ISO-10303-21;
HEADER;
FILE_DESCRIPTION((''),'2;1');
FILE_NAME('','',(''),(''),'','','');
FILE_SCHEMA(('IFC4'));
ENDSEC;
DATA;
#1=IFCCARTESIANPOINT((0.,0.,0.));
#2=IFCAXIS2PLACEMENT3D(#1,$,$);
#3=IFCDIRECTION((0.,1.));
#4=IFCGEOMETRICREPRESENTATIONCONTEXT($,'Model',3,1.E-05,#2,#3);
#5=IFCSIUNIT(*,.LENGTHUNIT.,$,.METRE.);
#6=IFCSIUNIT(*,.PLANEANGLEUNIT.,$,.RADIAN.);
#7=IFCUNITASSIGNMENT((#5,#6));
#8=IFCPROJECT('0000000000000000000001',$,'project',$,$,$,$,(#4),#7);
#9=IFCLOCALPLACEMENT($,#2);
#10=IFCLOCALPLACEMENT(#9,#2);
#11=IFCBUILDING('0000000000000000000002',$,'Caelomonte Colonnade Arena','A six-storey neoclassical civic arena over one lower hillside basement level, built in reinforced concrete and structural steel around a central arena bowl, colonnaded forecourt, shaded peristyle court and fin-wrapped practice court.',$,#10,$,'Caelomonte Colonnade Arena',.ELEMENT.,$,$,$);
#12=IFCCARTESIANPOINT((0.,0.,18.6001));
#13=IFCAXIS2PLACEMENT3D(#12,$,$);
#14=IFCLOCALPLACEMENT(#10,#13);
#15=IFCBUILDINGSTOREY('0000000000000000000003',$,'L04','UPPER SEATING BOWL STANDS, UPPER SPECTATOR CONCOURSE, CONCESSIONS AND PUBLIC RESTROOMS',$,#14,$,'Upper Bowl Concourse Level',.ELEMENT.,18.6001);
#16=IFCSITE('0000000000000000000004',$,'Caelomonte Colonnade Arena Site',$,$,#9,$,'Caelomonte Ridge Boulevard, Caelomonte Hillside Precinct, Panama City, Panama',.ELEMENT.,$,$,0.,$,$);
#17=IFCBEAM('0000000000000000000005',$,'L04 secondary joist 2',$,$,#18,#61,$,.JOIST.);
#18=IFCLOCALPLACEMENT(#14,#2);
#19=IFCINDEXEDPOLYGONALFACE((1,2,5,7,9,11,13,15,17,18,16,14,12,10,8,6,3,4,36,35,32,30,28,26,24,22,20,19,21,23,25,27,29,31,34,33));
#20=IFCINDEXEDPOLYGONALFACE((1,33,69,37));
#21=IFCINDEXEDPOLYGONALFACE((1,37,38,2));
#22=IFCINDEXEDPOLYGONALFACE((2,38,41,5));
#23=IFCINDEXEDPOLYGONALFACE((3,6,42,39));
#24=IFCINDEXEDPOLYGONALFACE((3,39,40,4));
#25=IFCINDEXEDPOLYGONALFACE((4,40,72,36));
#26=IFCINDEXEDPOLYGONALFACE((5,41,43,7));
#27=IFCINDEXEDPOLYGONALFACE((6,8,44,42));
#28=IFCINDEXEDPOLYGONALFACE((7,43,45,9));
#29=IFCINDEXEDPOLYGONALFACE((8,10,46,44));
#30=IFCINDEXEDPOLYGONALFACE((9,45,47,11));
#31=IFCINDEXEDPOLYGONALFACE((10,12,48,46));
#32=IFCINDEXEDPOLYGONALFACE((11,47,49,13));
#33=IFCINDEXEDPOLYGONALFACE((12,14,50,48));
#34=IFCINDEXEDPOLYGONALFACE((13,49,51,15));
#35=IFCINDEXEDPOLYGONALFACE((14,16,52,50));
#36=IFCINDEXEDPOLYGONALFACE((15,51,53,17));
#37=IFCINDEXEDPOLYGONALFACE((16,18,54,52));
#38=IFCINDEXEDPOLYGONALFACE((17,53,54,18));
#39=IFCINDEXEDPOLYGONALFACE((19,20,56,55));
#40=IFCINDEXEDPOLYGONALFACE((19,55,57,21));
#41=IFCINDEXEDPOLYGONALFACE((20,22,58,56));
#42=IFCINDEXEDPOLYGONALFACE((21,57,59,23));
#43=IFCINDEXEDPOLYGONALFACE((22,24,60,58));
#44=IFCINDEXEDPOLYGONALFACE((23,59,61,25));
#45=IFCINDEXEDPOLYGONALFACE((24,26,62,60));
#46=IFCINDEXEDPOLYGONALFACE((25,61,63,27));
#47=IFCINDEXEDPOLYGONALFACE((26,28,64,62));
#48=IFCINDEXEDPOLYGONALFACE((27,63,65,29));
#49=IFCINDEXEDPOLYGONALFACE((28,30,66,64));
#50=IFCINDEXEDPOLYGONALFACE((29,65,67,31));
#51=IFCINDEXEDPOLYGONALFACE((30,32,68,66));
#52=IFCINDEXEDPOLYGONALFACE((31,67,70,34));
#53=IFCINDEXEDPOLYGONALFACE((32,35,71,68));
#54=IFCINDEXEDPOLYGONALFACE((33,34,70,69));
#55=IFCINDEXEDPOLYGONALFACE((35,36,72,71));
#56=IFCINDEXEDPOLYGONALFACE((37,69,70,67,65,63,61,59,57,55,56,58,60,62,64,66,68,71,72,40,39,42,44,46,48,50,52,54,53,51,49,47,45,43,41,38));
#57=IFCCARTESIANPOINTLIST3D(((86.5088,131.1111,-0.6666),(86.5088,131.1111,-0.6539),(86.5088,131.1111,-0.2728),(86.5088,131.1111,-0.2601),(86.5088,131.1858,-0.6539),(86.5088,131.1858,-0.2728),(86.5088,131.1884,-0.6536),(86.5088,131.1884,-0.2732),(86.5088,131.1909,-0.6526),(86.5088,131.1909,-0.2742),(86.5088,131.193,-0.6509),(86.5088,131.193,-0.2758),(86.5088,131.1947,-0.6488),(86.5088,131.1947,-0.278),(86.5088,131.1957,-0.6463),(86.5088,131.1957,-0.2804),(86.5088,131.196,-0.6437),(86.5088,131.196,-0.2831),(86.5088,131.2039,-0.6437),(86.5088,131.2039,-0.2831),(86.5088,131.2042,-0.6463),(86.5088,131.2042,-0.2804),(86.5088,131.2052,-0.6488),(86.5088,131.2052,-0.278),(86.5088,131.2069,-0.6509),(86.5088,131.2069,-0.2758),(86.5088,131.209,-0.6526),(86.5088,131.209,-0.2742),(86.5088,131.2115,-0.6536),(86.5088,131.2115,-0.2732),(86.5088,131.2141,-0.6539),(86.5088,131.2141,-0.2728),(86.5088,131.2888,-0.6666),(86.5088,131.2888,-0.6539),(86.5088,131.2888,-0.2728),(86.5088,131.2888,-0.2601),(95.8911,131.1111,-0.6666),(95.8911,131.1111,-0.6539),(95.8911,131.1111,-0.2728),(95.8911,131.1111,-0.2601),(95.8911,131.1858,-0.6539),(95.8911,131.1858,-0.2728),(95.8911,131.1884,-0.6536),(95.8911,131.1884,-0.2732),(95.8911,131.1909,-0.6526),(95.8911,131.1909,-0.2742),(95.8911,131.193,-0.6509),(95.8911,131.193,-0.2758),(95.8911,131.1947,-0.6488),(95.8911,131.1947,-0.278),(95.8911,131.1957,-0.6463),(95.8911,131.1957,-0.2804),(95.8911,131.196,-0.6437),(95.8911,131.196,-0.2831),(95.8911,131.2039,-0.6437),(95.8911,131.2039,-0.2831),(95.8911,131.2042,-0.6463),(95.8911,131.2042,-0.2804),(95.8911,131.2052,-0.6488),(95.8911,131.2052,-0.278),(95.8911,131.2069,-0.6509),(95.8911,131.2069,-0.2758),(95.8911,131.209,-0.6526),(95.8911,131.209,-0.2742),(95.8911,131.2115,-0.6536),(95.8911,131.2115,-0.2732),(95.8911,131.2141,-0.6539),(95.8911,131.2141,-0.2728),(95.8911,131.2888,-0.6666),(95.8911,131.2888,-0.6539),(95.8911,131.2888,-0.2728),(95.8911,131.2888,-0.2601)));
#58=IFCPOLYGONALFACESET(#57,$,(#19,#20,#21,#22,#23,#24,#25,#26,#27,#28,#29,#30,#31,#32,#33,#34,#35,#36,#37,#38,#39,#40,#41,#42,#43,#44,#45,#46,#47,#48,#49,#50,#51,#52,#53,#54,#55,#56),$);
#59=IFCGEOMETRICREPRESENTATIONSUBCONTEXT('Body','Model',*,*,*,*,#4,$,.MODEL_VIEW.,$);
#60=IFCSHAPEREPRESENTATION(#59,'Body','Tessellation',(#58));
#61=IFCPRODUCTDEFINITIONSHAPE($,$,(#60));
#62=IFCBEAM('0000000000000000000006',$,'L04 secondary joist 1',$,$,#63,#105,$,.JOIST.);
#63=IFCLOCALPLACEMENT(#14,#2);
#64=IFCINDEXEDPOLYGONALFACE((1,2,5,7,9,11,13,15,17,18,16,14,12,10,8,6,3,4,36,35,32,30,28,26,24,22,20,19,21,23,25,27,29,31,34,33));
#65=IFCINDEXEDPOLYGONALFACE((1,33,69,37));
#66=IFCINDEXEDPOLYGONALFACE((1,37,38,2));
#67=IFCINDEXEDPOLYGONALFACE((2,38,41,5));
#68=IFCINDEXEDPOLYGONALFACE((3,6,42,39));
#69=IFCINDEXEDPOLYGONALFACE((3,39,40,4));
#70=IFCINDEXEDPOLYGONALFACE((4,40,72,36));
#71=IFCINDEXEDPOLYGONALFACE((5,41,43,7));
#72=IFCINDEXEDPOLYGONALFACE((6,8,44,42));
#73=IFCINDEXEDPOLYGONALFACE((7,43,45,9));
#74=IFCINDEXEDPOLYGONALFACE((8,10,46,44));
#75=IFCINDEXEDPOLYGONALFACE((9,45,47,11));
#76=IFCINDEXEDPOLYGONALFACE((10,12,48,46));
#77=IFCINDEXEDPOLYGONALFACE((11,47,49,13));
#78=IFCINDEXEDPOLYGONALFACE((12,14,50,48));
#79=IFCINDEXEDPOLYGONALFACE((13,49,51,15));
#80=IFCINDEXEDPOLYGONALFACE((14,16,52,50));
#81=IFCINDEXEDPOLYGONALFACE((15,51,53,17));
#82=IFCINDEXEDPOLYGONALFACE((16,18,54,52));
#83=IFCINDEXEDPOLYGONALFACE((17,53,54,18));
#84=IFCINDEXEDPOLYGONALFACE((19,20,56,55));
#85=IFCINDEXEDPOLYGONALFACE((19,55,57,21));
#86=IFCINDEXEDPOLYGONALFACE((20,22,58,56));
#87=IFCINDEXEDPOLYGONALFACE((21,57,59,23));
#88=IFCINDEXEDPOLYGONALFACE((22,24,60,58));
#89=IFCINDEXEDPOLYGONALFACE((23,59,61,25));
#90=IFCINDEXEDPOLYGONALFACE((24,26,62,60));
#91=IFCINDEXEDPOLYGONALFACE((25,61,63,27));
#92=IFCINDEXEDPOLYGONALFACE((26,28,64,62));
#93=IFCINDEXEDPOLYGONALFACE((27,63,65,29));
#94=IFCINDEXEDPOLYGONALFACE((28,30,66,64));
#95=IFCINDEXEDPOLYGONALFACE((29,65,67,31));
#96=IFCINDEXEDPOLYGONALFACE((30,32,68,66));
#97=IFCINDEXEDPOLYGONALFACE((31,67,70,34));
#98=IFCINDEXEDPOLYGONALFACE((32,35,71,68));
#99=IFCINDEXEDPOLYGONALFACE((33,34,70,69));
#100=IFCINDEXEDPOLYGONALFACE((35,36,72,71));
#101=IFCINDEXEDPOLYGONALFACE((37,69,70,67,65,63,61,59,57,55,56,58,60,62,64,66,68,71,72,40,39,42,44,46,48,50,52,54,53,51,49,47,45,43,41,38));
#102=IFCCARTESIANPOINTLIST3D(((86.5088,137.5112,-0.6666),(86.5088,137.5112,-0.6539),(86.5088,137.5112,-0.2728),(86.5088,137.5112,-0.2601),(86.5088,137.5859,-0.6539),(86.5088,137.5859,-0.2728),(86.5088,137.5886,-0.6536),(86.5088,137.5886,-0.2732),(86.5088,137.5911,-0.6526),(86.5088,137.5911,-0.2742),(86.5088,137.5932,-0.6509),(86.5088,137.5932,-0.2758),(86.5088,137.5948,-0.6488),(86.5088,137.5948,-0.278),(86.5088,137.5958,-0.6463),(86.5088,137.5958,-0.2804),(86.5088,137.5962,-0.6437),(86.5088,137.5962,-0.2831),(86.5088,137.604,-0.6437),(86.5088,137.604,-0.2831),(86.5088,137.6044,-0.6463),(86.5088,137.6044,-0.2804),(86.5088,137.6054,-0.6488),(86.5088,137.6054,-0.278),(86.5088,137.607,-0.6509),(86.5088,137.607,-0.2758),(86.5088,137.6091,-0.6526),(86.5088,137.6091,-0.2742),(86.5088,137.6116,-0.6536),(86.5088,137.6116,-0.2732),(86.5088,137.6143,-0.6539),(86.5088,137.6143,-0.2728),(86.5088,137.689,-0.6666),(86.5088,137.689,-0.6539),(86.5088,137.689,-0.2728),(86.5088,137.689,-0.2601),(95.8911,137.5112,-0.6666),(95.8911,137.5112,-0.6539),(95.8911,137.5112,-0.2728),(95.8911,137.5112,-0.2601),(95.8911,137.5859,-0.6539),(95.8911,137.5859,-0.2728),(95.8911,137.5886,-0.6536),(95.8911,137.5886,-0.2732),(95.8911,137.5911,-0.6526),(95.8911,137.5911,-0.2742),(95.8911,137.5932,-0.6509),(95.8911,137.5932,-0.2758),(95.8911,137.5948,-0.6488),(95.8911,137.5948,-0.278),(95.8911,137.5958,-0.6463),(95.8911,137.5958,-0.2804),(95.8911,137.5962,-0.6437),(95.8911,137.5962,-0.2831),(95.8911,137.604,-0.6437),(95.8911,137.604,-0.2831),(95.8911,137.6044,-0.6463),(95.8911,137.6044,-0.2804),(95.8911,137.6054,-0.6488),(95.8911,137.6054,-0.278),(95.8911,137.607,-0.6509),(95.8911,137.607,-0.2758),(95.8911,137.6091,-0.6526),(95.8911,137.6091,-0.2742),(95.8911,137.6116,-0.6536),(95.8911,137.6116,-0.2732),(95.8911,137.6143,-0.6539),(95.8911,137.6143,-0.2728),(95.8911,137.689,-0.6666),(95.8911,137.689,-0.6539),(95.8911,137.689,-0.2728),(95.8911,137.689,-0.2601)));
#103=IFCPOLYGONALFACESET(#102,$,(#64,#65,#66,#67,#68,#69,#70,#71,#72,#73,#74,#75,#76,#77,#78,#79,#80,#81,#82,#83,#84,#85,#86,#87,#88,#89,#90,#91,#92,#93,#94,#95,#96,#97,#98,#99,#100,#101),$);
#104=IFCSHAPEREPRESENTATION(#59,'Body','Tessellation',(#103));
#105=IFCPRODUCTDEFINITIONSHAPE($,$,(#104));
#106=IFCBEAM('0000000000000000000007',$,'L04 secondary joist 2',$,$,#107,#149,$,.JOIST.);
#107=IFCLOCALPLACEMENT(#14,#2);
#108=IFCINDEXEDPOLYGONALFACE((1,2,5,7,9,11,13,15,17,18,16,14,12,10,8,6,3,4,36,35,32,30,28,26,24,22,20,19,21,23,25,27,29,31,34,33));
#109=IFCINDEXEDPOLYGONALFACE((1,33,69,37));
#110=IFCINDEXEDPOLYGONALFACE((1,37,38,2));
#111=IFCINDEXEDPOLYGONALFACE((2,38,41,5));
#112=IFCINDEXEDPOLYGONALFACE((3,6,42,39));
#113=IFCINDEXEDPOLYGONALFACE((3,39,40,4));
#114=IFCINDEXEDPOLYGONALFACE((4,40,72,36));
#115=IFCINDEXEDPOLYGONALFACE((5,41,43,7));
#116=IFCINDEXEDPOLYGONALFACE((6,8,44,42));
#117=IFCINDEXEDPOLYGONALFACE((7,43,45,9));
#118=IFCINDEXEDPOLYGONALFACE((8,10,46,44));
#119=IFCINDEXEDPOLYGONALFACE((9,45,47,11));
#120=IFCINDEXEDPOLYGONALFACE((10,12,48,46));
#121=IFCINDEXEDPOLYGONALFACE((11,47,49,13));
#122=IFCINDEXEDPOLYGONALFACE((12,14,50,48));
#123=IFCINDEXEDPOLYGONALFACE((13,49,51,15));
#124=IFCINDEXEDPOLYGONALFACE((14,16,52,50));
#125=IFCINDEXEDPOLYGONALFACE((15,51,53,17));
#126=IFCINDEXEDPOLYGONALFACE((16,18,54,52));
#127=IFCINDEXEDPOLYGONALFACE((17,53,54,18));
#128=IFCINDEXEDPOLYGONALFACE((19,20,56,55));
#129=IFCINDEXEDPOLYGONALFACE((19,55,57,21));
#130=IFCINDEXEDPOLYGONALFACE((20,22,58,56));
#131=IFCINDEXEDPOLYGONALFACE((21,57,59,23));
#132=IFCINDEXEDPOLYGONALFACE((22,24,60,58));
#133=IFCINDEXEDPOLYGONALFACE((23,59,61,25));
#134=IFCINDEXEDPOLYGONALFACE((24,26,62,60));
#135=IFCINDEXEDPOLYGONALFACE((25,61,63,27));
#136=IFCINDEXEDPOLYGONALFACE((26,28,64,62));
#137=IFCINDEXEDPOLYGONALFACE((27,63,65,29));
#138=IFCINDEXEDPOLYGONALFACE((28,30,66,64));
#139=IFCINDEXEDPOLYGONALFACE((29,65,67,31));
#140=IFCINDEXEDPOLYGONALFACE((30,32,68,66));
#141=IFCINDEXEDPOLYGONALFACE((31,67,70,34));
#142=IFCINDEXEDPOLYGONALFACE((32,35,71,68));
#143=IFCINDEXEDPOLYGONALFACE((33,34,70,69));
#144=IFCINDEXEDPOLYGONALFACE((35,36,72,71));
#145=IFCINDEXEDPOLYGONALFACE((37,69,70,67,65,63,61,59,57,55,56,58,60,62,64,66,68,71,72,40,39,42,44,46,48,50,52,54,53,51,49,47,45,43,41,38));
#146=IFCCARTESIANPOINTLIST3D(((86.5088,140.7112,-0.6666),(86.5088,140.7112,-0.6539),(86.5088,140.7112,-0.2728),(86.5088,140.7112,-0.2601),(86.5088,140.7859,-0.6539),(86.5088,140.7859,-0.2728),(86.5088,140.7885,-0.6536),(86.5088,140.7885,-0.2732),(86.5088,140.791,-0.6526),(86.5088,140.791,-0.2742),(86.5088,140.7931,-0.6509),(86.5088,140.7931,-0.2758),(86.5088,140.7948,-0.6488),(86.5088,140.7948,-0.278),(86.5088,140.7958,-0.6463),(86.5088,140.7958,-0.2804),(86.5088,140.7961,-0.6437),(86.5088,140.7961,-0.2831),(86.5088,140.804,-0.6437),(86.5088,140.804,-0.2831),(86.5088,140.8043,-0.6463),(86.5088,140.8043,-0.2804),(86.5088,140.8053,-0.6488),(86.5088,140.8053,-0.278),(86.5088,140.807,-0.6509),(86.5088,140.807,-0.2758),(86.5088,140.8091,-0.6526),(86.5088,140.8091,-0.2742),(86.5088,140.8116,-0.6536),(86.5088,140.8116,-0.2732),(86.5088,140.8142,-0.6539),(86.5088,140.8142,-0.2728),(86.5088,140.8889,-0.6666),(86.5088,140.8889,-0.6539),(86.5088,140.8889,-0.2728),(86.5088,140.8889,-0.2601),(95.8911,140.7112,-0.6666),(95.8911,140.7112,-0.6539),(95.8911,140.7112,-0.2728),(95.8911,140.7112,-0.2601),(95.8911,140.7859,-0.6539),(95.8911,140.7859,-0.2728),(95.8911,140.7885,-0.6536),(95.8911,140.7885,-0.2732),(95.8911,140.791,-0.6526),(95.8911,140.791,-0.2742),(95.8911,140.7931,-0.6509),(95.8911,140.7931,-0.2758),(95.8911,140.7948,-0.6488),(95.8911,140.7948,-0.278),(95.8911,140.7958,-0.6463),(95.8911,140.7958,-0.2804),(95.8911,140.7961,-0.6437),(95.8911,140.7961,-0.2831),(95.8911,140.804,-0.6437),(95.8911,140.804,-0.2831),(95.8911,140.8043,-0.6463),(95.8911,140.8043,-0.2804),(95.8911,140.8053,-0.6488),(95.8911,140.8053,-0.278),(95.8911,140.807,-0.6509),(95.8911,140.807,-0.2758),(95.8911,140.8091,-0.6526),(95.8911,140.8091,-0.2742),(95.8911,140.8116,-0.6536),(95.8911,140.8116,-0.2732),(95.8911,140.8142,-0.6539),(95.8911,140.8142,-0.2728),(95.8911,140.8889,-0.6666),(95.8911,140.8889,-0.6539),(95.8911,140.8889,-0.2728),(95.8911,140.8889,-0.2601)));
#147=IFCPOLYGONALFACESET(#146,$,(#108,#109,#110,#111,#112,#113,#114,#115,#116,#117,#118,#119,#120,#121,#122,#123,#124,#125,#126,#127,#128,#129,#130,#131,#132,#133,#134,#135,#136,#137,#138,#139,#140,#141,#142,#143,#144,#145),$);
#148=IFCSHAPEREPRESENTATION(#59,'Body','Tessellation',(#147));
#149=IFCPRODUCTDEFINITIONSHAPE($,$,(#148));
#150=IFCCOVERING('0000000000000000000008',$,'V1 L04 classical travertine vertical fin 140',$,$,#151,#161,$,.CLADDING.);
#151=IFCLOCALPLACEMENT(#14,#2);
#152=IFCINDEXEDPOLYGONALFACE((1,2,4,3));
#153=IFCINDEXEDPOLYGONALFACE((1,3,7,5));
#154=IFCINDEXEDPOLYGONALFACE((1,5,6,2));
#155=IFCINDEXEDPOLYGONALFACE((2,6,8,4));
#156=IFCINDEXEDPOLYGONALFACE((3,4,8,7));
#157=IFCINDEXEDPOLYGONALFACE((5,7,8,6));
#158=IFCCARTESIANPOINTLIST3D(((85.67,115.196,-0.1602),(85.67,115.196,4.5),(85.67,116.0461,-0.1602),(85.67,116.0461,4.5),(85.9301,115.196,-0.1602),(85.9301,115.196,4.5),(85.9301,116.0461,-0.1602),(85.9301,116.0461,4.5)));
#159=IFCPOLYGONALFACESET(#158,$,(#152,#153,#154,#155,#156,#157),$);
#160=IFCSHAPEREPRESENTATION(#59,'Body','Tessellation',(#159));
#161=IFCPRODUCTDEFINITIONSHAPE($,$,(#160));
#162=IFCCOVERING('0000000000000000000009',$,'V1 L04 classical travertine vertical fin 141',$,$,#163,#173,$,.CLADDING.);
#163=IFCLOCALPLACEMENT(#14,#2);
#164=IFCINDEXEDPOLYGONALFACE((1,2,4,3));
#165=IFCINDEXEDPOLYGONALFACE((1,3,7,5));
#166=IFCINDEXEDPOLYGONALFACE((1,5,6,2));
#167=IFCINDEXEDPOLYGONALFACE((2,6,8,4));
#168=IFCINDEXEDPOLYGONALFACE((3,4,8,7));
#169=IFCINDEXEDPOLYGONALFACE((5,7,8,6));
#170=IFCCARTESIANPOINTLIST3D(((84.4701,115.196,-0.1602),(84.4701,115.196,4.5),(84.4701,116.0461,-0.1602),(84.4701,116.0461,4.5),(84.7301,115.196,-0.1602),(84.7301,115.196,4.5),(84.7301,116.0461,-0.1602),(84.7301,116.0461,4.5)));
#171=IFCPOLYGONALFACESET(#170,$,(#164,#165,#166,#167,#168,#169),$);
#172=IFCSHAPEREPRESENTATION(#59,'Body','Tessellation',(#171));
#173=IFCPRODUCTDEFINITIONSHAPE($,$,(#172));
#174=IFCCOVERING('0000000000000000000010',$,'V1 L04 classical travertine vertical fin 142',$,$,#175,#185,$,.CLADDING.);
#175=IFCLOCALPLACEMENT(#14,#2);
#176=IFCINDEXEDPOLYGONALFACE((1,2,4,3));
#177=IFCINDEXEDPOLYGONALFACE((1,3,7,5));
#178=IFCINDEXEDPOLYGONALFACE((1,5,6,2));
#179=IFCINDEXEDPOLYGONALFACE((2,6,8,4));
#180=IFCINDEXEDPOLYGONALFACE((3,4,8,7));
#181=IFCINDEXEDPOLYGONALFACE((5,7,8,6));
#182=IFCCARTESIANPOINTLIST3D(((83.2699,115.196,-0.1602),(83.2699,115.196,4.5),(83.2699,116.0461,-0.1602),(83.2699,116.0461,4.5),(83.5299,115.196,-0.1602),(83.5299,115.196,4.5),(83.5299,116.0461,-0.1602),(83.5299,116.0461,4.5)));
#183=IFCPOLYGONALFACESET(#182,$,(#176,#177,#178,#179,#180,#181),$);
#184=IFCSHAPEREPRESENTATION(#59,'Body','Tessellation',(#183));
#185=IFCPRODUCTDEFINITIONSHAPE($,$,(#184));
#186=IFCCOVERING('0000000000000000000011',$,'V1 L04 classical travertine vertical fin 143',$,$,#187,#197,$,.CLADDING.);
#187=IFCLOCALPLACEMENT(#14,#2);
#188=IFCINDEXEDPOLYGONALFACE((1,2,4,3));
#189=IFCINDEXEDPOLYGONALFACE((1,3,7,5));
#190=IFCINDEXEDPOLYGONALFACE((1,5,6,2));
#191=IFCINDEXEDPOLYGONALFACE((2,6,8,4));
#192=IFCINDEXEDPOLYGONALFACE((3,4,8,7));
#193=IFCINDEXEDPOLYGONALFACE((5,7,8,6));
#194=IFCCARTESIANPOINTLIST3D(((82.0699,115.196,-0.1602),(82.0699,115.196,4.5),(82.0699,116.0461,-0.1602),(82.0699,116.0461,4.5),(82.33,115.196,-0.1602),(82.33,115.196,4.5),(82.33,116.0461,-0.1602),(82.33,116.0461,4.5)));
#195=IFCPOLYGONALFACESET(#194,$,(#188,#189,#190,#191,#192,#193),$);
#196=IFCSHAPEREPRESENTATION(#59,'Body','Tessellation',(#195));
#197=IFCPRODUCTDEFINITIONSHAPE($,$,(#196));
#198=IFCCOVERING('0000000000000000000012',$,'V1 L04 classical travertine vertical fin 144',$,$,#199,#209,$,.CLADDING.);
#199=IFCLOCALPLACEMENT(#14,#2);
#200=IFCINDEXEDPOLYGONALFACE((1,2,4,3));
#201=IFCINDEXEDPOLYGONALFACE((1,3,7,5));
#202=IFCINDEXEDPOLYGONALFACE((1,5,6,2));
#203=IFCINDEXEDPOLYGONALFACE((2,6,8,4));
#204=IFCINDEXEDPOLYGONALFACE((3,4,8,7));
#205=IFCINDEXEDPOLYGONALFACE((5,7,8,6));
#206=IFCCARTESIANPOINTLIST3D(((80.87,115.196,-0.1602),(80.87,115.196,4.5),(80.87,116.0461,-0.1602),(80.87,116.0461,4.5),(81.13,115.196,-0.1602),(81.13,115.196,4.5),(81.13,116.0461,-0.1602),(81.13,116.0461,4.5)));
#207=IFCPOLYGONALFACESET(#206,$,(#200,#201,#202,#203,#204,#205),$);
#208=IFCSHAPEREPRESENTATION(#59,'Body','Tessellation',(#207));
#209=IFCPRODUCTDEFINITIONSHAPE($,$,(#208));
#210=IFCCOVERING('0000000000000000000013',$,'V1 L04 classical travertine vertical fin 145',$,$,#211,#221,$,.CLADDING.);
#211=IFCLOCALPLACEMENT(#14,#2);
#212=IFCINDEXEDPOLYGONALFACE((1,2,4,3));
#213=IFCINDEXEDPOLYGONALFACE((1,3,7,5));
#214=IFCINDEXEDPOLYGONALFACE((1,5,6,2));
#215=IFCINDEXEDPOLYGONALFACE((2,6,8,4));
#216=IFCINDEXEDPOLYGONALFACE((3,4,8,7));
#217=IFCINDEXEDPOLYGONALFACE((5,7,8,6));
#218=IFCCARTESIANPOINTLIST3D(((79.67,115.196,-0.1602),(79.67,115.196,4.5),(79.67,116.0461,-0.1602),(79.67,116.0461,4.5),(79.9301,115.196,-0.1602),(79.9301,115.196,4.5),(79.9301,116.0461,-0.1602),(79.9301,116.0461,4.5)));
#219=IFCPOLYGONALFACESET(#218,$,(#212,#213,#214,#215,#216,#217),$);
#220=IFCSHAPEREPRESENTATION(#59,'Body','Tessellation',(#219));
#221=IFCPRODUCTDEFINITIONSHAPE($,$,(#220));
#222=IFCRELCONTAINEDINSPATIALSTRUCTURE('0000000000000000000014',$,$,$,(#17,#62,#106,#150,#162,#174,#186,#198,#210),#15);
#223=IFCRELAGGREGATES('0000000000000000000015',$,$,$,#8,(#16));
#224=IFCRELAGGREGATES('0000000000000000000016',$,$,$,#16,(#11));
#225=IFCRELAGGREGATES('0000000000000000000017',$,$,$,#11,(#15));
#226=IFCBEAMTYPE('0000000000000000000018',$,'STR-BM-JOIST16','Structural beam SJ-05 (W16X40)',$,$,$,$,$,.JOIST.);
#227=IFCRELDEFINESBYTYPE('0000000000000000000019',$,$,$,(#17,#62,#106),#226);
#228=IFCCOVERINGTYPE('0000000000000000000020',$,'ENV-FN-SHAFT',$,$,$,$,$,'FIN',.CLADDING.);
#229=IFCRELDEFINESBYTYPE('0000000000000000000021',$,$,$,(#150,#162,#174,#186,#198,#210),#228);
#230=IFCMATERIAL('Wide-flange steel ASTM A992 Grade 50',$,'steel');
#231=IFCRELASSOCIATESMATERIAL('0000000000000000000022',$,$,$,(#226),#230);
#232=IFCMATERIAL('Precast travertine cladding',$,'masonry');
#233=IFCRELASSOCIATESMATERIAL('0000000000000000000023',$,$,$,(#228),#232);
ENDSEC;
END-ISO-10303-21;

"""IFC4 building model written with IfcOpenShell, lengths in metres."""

from ifc_helpers import new_model, si_unit, direction, frame, origin, origin_2d, place, context, subcontext, project, spatial, rectangle, i_section, extrude, material, material_profile, profile_set, type_object, element, save


model = new_model("IFC4")

# Units and contexts
model_context = context("Model", 3, precision=1e-05, world=origin(), true_north=direction((0.0, 1.0)))
body_context = subcontext(model_context, "Body", "Model", "MODEL_VIEW")
ifc_project = project(units=[si_unit("LENGTHUNIT", "METRE"), si_unit("PLANEANGLEUNIT", "RADIAN")], contexts=[model_context])

# Site, building, storey
site_placement = place(None, origin())
site = spatial("IfcSite", under=ifc_project, at=site_placement, Name="Caelomonte Colonnade Arena Site", LongName="Caelomonte Ridge Boulevard, Caelomonte Hillside Precinct, Panama City, Panama", CompositionType="ELEMENT", RefElevation=0.0)
building_placement = place(site_placement, origin())
building = spatial("IfcBuilding", under=site, at=building_placement, Name="Caelomonte Colonnade Arena", Description="A six-storey neoclassical civic arena over one lower hillside basement level, built in reinforced concrete and structural steel around a central arena bowl, colonnaded forecourt, shaded peristyle court and fin-wrapped practice court.", LongName="Caelomonte Colonnade Arena", CompositionType="ELEMENT")
storey_placement = place(building_placement, frame((0.0, 0.0, 18.6001)))
storey = spatial("IfcBuildingStorey", under=building, at=storey_placement, Name="L04", Description="UPPER SEATING BOWL STANDS, UPPER SPECTATOR CONCOURSE, CONCESSIONS AND PUBLIC RESTROOMS", LongName="Upper Bowl Concourse Level", CompositionType="ELEMENT", Elevation=18.6001)

# Beams
ifc_material_1 = material(Name="Wide-flange steel ASTM A992 Grade 50", Category="steel")
ifc_material_profile_1 = material_profile(ifc_material_1, i_section(OverallWidth=0.1777, OverallDepth=0.4065, WebThickness=0.0078, FlangeThickness=0.0127, FilletRadius=0.0103, at=origin_2d()), Name="W16X40")
ifc_profile_set_1 = profile_set([ifc_material_profile_1], Name="Wide-flange steel ASTM A992 Grade 50")
beam_type_1 = type_object("IfcBeamType", Name="STR-BM-JOIST16", Description="Structural beam SJ-05 (W16X40)", PredefinedType="JOIST", material=ifc_profile_set_1)
for number, where, z_axis, x_axis, name in (
    (1, (86.5088, 131.2, -0.4634), (1.0, 0.0, 0.0), (0.0, 1.0, 0.0), "L04 secondary joist 2"),
    (2, (86.5088, 137.6001, -0.4634), (1.0, 0.0, 0.0), (0.0, 1.0, 0.0), "L04 secondary joist 1"),
    (3, (86.5088, 140.8, -0.4634), (1.0, 0.0, 0.0), (0.0, 1.0, 0.0), "L04 secondary joist 2"),
):
    element("IfcBeam", number, at=place(storey_placement, frame(where, z_axis=z_axis, x_axis=x_axis)), inside=storey, type_object=beam_type_1, Name=name, PredefinedType="JOIST", context=body_context, shape_type="SweptSolid", body=[
        extrude(i_section(OverallWidth=0.1777, OverallDepth=0.4065, WebThickness=0.0078, FlangeThickness=0.0127, FilletRadius=0.0103, at=origin_2d()), origin(), (0.0, 0.0, 1.0), 9.3823),
    ])

# Coverings
ifc_material_2 = material(Name="Precast travertine cladding", Category="masonry")
ifc_material_profile_2 = material_profile(ifc_material_2, rectangle(XDim=0.26, YDim=0.8501, at=origin_2d()), Name="FIN260X850")
ifc_profile_set_2 = profile_set([ifc_material_profile_2], Name="Precast travertine cladding")
covering_type = type_object("IfcCoveringType", Name="ENV-FN-SHAFT", ElementType="FIN", PredefinedType="CLADDING", material=ifc_profile_set_2)
for number, where, z_axis, x_axis, name in (
    (4, (85.8, 115.6211, -0.1602), (0.0, 0.0, 1.0), (1.0, 0.0, 0.0), "V1 L04 classical travertine vertical fin 140"),
    (5, (84.6001, 115.6211, -0.1602), (0.0, 0.0, 1.0), (1.0, 0.0, 0.0), "V1 L04 classical travertine vertical fin 141"),
    (6, (83.3999, 115.6211, -0.1602), (0.0, 0.0, 1.0), (1.0, 0.0, 0.0), "V1 L04 classical travertine vertical fin 142"),
    (7, (82.2, 115.6211, -0.1602), (0.0, 0.0, 1.0), (1.0, 0.0, 0.0), "V1 L04 classical travertine vertical fin 143"),
    (8, (81.0, 115.6211, -0.1602), (0.0, 0.0, 1.0), (1.0, 0.0, 0.0), "V1 L04 classical travertine vertical fin 144"),
    (9, (79.8, 115.6211, -0.1602), (0.0, 0.0, 1.0), (1.0, 0.0, 0.0), "V1 L04 classical travertine vertical fin 145"),
):
    element("IfcCovering", number, at=place(storey_placement, frame(where, z_axis=z_axis, x_axis=x_axis)), inside=storey, type_object=covering_type, Name=name, PredefinedType="CLADDING", context=body_context, shape_type="SweptSolid", body=[
        extrude(rectangle(XDim=0.26, YDim=0.8501, at=origin_2d()), origin(), (0.0, 0.0, 1.0), 4.6602),
    ])

save(model, "model.ifc")
